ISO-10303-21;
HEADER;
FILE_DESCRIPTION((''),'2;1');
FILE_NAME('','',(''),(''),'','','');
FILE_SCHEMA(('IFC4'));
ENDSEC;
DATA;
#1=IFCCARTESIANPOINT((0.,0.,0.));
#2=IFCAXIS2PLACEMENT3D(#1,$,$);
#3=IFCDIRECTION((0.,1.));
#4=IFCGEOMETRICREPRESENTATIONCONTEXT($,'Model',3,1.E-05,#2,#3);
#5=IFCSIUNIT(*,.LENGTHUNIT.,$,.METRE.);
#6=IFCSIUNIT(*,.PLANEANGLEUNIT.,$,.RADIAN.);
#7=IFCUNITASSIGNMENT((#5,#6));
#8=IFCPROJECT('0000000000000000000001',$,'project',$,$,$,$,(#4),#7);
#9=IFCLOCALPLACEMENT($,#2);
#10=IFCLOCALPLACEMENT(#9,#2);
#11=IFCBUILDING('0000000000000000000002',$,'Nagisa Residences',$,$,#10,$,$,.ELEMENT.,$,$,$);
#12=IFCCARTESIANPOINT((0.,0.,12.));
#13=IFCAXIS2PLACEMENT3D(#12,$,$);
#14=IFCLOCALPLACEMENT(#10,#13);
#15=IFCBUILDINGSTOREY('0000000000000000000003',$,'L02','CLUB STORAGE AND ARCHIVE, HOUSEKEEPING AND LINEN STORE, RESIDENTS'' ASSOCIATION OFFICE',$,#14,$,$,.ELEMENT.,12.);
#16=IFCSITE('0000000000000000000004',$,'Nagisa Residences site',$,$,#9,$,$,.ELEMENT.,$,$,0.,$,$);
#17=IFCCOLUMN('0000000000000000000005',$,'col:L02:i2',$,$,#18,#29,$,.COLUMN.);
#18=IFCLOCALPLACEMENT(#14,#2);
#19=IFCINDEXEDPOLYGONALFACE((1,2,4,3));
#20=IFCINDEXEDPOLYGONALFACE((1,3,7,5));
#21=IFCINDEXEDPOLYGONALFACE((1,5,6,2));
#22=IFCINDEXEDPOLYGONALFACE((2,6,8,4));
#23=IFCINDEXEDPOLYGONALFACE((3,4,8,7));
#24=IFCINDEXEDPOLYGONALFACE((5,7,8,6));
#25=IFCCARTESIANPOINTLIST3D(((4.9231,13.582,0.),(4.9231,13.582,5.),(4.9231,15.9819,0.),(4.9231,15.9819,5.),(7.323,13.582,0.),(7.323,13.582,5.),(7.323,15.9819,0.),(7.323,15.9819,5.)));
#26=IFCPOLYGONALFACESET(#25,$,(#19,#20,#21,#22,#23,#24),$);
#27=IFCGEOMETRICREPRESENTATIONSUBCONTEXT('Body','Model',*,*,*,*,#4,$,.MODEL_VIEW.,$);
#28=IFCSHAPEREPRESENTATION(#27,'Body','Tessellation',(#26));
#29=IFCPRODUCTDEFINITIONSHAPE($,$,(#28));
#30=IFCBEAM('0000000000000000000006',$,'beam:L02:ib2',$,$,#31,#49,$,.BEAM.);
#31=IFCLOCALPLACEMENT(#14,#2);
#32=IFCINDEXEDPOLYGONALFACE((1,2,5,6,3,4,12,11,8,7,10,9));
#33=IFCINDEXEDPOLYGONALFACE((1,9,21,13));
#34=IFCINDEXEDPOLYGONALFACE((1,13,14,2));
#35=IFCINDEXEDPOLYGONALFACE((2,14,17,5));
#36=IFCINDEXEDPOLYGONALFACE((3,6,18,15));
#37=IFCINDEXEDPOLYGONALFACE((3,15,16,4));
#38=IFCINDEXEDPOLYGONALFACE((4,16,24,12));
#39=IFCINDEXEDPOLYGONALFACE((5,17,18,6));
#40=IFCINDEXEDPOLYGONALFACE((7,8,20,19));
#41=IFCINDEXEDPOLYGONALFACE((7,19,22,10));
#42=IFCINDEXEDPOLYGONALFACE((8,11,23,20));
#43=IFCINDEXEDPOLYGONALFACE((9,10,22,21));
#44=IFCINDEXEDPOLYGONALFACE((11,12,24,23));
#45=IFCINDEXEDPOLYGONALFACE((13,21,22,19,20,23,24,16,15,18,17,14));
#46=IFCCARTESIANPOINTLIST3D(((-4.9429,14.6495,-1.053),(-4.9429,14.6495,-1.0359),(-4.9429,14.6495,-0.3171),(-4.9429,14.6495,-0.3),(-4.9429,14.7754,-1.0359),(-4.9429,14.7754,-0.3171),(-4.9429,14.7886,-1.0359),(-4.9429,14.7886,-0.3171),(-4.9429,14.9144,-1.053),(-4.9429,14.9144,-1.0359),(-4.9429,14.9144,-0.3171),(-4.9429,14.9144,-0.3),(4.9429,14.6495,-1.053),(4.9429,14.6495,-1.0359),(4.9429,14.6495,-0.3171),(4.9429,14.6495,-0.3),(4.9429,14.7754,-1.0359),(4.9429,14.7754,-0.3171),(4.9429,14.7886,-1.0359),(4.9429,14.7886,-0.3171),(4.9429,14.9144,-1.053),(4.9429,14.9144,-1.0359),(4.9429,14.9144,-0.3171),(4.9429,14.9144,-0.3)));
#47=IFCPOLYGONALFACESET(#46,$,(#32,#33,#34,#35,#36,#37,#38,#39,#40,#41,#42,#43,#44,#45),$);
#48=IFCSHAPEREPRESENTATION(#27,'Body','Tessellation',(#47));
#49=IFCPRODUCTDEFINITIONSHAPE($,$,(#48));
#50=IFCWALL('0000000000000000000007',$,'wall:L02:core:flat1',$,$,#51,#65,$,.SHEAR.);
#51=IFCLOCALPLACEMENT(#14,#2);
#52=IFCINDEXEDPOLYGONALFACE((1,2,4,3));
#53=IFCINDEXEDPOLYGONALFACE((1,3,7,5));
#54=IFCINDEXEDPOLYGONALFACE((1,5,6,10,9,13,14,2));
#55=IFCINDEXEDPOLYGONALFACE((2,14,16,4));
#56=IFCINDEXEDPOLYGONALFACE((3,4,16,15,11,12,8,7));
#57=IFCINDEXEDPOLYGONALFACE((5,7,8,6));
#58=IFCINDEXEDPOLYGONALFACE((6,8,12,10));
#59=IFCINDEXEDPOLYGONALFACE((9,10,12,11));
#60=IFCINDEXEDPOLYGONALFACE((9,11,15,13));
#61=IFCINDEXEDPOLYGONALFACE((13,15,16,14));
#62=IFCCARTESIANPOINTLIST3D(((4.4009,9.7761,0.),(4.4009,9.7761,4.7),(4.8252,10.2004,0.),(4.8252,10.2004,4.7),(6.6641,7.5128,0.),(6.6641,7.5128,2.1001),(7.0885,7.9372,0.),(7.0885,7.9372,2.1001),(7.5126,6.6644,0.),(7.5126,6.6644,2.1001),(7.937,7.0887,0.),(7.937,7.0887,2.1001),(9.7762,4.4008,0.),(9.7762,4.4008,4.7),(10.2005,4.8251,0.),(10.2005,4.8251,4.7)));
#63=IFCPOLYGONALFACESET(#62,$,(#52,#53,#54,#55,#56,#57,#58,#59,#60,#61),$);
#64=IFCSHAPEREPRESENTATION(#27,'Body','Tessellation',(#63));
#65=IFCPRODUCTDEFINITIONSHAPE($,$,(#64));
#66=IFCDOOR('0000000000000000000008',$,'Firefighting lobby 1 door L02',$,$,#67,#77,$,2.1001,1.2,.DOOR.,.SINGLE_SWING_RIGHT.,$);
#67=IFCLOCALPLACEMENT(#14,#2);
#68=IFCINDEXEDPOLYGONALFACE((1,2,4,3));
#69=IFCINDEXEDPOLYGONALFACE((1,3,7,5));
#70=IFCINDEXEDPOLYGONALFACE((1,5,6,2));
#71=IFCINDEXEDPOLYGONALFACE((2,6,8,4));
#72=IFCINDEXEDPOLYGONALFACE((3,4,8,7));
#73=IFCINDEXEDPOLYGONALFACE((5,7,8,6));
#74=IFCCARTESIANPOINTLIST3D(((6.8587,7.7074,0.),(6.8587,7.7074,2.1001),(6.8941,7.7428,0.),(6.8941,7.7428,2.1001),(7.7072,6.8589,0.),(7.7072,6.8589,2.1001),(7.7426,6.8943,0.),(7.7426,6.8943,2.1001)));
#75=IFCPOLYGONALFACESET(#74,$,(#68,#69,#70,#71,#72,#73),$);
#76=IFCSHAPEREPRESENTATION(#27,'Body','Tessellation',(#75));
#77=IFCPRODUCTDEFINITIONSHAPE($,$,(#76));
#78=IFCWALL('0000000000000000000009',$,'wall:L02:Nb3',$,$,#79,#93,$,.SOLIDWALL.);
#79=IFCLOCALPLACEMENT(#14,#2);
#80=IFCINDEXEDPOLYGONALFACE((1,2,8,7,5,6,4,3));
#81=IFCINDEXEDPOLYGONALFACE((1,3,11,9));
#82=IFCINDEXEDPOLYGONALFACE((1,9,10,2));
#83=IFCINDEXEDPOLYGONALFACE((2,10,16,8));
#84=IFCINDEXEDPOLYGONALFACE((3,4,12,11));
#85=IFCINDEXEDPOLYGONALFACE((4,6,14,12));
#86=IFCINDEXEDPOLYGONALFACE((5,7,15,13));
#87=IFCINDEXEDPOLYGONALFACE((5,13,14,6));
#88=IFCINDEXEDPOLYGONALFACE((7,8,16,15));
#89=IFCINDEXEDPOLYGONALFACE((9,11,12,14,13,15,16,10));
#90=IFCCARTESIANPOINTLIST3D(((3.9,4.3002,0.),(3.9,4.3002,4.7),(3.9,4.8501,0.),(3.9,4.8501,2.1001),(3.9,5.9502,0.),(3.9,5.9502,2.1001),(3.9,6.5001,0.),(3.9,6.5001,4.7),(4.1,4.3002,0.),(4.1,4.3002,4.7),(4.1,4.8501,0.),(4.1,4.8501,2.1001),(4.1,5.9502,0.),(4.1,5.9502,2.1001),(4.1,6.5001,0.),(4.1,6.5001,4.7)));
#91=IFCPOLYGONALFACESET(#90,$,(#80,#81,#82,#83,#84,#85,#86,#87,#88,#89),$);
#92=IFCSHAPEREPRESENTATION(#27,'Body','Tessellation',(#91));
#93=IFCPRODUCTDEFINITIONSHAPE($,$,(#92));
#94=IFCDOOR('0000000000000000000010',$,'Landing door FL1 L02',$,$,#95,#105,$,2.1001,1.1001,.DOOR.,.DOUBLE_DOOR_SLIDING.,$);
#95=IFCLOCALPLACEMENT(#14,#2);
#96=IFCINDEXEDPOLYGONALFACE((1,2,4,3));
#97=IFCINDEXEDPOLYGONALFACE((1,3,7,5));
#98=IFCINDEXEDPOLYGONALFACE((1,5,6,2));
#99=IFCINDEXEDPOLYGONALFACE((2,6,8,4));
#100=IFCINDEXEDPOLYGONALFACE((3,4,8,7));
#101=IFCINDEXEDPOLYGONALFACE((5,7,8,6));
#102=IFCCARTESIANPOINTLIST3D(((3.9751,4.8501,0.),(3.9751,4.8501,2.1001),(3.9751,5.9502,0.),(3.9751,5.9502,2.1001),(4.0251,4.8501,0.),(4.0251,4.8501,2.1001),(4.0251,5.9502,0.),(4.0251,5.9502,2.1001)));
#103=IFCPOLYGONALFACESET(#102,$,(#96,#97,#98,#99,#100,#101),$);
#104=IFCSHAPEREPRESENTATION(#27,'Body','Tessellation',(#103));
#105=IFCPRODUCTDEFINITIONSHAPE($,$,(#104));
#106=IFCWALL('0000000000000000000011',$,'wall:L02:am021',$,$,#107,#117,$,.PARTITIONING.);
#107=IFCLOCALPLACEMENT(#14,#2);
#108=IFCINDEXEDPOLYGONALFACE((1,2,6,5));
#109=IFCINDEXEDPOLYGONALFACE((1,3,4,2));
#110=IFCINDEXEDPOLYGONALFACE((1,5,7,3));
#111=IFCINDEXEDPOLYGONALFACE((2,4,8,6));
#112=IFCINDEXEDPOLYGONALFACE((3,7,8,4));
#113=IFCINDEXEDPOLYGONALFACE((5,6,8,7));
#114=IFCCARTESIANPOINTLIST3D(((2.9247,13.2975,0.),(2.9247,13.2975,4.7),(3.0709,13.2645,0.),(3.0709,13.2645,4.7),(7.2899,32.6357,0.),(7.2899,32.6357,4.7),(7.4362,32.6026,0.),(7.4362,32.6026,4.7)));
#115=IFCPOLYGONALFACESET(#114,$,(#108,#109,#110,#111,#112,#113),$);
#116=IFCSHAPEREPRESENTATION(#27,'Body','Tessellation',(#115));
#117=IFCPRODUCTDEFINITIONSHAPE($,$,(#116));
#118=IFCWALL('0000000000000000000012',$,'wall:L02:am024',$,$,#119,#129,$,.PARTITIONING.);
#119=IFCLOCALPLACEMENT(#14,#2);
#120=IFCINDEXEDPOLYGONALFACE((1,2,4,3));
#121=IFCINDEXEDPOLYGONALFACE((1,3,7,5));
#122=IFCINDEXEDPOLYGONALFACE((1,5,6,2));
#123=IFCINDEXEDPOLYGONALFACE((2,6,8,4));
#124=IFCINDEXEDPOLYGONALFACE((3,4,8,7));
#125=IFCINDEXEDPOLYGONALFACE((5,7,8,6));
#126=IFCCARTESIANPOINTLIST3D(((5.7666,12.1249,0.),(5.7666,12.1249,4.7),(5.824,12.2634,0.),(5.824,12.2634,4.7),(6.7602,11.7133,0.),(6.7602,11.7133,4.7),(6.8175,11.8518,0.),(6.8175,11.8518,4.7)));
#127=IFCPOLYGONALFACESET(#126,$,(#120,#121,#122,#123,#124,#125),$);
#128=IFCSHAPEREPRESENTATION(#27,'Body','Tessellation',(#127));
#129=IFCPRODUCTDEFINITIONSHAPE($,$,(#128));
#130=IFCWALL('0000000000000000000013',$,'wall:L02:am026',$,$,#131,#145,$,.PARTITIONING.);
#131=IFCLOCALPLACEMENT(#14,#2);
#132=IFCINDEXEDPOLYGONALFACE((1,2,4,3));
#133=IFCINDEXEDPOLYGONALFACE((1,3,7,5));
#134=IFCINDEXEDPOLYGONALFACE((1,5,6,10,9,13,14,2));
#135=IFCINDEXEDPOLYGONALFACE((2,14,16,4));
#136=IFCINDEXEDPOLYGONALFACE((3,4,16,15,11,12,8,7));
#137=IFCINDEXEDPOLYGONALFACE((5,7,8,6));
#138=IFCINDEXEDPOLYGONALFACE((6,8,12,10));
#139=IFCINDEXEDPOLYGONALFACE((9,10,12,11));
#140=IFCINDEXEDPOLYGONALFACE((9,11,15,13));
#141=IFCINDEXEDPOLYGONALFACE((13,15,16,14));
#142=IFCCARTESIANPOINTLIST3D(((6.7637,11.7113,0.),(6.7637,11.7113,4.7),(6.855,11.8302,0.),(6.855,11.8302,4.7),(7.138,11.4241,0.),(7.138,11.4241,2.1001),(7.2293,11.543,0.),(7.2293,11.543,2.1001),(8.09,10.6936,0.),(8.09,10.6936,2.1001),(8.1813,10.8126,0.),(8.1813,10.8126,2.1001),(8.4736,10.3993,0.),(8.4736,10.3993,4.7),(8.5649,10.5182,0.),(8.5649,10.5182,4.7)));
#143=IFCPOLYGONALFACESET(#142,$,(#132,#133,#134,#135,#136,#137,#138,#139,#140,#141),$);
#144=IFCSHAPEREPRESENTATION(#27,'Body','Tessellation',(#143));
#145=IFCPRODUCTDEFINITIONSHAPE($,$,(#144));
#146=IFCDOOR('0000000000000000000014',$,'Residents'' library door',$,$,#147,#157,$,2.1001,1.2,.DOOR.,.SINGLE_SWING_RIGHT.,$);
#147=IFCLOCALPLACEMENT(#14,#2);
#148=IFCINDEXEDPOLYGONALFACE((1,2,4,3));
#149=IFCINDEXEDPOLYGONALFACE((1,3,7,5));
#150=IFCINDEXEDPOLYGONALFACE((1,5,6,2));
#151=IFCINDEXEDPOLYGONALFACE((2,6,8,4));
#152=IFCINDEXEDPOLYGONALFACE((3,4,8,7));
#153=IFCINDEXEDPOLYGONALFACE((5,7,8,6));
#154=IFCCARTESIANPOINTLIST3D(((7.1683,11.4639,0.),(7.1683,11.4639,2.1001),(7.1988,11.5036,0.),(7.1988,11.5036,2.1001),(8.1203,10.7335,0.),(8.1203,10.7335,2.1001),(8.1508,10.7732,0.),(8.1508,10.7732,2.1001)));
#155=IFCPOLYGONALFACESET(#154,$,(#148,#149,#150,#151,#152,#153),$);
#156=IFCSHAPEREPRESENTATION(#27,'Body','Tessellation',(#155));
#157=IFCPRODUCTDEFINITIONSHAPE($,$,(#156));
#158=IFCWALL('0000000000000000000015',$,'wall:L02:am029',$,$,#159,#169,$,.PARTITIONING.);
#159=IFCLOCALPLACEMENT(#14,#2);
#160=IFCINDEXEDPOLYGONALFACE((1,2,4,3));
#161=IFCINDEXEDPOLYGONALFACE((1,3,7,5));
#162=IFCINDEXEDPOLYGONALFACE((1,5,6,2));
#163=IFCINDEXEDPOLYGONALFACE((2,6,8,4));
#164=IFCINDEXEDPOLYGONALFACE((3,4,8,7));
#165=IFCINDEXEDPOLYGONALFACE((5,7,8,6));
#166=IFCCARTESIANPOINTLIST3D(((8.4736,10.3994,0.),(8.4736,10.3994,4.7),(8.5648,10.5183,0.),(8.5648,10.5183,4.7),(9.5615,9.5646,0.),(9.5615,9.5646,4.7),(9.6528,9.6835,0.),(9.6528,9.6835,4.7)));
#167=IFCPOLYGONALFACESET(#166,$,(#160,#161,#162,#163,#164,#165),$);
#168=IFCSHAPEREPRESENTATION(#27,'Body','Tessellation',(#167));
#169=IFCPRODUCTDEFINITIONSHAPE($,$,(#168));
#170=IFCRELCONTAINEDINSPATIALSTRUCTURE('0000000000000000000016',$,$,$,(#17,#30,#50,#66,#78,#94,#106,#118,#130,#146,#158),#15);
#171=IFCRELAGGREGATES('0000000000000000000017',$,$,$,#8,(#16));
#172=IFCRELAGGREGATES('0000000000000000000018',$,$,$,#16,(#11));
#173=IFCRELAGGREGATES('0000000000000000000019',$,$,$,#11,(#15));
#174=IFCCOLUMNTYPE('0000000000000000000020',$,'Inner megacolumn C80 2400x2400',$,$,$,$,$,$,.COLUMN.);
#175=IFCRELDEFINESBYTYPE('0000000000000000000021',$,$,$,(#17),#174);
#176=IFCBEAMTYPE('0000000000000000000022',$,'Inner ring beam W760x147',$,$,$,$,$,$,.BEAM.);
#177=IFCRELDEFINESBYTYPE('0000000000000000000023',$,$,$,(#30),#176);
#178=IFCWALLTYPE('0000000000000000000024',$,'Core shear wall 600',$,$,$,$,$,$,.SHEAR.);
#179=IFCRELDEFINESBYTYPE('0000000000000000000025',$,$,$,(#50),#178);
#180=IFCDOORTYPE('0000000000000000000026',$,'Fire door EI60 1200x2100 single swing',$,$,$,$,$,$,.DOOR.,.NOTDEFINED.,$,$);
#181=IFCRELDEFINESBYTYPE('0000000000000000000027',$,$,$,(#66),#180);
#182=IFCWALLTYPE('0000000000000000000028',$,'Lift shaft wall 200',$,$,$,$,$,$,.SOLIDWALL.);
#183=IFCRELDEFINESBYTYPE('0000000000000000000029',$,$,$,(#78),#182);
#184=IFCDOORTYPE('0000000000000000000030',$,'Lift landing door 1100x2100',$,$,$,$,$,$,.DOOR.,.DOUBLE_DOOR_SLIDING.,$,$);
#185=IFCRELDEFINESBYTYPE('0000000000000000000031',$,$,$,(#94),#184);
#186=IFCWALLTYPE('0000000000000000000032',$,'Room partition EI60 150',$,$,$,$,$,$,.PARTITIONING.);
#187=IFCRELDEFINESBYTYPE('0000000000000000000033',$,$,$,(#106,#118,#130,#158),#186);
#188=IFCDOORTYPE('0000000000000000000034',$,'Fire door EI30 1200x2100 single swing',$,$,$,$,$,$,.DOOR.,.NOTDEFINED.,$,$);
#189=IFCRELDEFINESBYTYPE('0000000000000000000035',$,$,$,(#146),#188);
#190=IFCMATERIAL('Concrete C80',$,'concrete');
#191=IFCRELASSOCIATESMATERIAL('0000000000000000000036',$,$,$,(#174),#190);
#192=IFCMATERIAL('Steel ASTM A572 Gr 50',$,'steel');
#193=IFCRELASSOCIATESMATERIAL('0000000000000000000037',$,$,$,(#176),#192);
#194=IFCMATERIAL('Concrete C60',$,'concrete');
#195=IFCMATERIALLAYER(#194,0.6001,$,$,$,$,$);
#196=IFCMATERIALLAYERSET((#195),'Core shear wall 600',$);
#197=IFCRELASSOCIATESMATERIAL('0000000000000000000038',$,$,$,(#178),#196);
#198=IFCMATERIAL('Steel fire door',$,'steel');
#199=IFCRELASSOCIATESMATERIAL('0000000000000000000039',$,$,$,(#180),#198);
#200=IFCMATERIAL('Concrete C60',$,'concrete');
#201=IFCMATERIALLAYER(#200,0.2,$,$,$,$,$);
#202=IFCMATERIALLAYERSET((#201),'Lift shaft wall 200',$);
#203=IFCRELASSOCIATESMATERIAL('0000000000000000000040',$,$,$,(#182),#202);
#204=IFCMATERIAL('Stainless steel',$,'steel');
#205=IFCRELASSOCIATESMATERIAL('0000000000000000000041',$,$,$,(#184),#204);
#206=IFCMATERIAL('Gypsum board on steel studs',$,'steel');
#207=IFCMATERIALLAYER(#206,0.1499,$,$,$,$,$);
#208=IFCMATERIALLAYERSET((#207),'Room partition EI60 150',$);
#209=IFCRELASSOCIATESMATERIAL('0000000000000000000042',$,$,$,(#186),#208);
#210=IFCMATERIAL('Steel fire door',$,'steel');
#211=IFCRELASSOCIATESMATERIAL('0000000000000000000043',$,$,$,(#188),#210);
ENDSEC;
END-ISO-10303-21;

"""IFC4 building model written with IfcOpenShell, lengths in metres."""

from ifc_helpers import new_model, si_unit, direction, frame, frame_2d, origin, origin_2d, place, context, subcontext, project, spatial, rectangle, i_section, extrude, material, layer, layer_set, material_profile, profile_set, type_object, element, fill, save


model = new_model("IFC4")

# Units and contexts
model_context = context("Model", 3, precision=1e-05, world=origin(), true_north=direction((0.0, 1.0)))
body_context = subcontext(model_context, "Body", "Model", "MODEL_VIEW")
ifc_project = project(units=[si_unit("LENGTHUNIT", "METRE"), si_unit("PLANEANGLEUNIT", "RADIAN")], contexts=[model_context])

# Site, building, storey
site_placement = place(None, origin())
site = spatial("IfcSite", under=ifc_project, at=site_placement, Name="Nagisa Residences site", CompositionType="ELEMENT", RefElevation=0.0)
building_placement = place(site_placement, origin())
building = spatial("IfcBuilding", under=site, at=building_placement, Name="Nagisa Residences", CompositionType="ELEMENT")
storey_placement = place(building_placement, frame((0.0, 0.0, 12.0)))
storey = spatial("IfcBuildingStorey", under=building, at=storey_placement, Name="L02", Description="CLUB STORAGE AND ARCHIVE, HOUSEKEEPING AND LINEN STORE, RESIDENTS' ASSOCIATION OFFICE", CompositionType="ELEMENT", Elevation=12.0)

# Column
ifc_material_1 = material(Name="Concrete C80", Category="concrete")
ifc_material_profile_1 = material_profile(ifc_material_1, rectangle(XDim=2.3999, YDim=2.3999, at=origin_2d()), Name="C80 2400x2400")
ifc_profile_set_1 = profile_set([ifc_material_profile_1], Name="Concrete C80")
column_type = type_object("IfcColumnType", Name="Inner megacolumn C80 2400x2400", PredefinedType="COLUMN", material=ifc_profile_set_1)
column_placement = place(storey_placement, frame((6.123, 14.782, 0.0), z_axis=(0.0, 0.0, 1.0), x_axis=(1.0, 0.0, 0.0)))
element("IfcColumn", 1, at=column_placement, inside=storey, type_object=column_type, Name="col:L02:i2", PredefinedType="COLUMN", context=body_context, shape_type="SweptSolid", body=[
    extrude(rectangle(XDim=2.3999, YDim=2.3999, at=origin_2d()), origin(), (0.0, 0.0, 1.0), 5.0),
])

# Beam
ifc_material_2 = material(Name="Steel ASTM A572 Gr 50", Category="steel")
ifc_material_profile_2 = material_profile(ifc_material_2, i_section(OverallWidth=0.2649, OverallDepth=0.7529, WebThickness=0.0132, FlangeThickness=0.0171, at=origin_2d()), Name="W760x147")
ifc_profile_set_2 = profile_set([ifc_material_profile_2], Name="Steel ASTM A572 Gr 50")
beam_type = type_object("IfcBeamType", Name="Inner ring beam W760x147", PredefinedType="BEAM", material=ifc_profile_set_2)
beam_placement = place(storey_placement, frame((4.9429, 14.782, -0.6765), z_axis=(-1.0, 0.0, 0.0), x_axis=(0.0, -1.0, 0.0)))
element("IfcBeam", 2, at=beam_placement, inside=storey, type_object=beam_type, Name="beam:L02:ib2", PredefinedType="BEAM", context=body_context, shape_type="SweptSolid", body=[
    extrude(i_section(OverallWidth=0.2649, OverallDepth=0.7529, WebThickness=0.0132, FlangeThickness=0.0171, at=origin_2d()), origin(), (0.0, 0.0, 1.0), 9.8857),
])

# Walls, openings, doors
ifc_material_3 = material(Name="Concrete C60", Category="concrete")
ifc_layer_1 = layer(ifc_material_3, 0.6001)
ifc_layer_set_1 = layer_set([ifc_layer_1], Name="Core shear wall 600")
wall_type_1 = type_object("IfcWallType", Name="Core shear wall 600", PredefinedType="SHEAR", material=ifc_layer_set_1)
wall_1_placement = place(storey_placement, frame((9.9883, 4.613, 0.0), z_axis=(0.0, 0.0, 1.0), x_axis=(-0.707107, 0.707107, 0.0)))
wall_1 = element("IfcWall", 3, at=wall_1_placement, inside=storey, type_object=wall_type_1, Name="wall:L02:core:flat1", PredefinedType="SHEAR", context=body_context, shape_type="SweptSolid", body=[
    extrude(rectangle(XDim=7.6018, YDim=0.6001, at=frame_2d((3.8008, 0.0))), origin(), (0.0, 0.0, 1.0), 4.7),
])
opening_1_placement = place(wall_1_placement, frame((3.2009, 0.0, 0.0)))
opening_1 = element("IfcOpeningElement", 4, at=opening_1_placement, cuts=wall_1, PredefinedType="OPENING", context=body_context, shape_type="SweptSolid", body=[
    extrude(rectangle(XDim=1.2, YDim=2.1001, at=frame_2d((0.6001, 1.05))), frame((0.0, 0.3101, 0.0), z_axis=(0.0, -1.0, 0.0), x_axis=(1.0, 0.0, 0.0)), (0.0, 0.0, 1.0), 0.6201),
])
ifc_material_4 = material(Name="Steel fire door", Category="steel")
door_type_1 = type_object("IfcDoorType", Name="Fire door EI60 1200x2100 single swing", OperationType="NOTDEFINED", PredefinedType="DOOR", material=ifc_material_4)
door_1_placement = place(opening_1_placement, origin())
door_1 = element("IfcDoor", 5, at=door_1_placement, inside=storey, type_object=door_type_1, Name="Firefighting lobby 1 door L02", OperationType="SINGLE_SWING_RIGHT", OverallHeight=2.1001, OverallWidth=1.2, PredefinedType="DOOR", context=body_context, shape_type="SweptSolid", body=[
    extrude(rectangle(XDim=1.2, YDim=2.1001, at=frame_2d((0.6001, 1.05))), frame((0.0, 0.0249, 0.0), z_axis=(0.0, -1.0, 0.0), x_axis=(1.0, 0.0, 0.0)), (0.0, 0.0, 1.0), 0.05),
])
fill(opening_1, door_1)
ifc_material_5 = material(Name="Concrete C60", Category="concrete")
ifc_layer_2 = layer(ifc_material_5, 0.2)
ifc_layer_set_2 = layer_set([ifc_layer_2], Name="Lift shaft wall 200")
wall_type_2 = type_object("IfcWallType", Name="Lift shaft wall 200", PredefinedType="SOLIDWALL", material=ifc_layer_set_2)
wall_2_placement = place(storey_placement, frame((4.0, 4.3, 0.0), z_axis=(0.0, 0.0, 1.0), x_axis=(0.0, 1.0, 0.0)))
wall_2 = element("IfcWall", 6, at=wall_2_placement, inside=storey, type_object=wall_type_2, Name="wall:L02:Nb3", PredefinedType="SOLIDWALL", context=body_context, shape_type="SweptSolid", body=[
    extrude(rectangle(XDim=2.2, YDim=0.2, at=frame_2d((1.1001, 0.0))), origin(), (0.0, 0.0, 1.0), 4.7),
])
opening_2_placement = place(wall_2_placement, frame((0.55, 0.0, 0.0)))
opening_2 = element("IfcOpeningElement", 7, at=opening_2_placement, cuts=wall_2, PredefinedType="OPENING", context=body_context, shape_type="SweptSolid", body=[
    extrude(rectangle(XDim=1.1001, YDim=2.1001, at=frame_2d((0.55, 1.05))), frame((0.0, 0.1099, 0.0), z_axis=(0.0, -1.0, 0.0), x_axis=(1.0, 0.0, 0.0)), (0.0, 0.0, 1.0), 0.22),
])
ifc_material_6 = material(Name="Stainless steel", Category="steel")
door_type_2 = type_object("IfcDoorType", Name="Lift landing door 1100x2100", OperationType="DOUBLE_DOOR_SLIDING", PredefinedType="DOOR", material=ifc_material_6)
door_2_placement = place(opening_2_placement, origin())
door_2 = element("IfcDoor", 8, at=door_2_placement, inside=storey, type_object=door_type_2, Name="Landing door FL1 L02", OperationType="DOUBLE_DOOR_SLIDING", OverallHeight=2.1001, OverallWidth=1.1001, PredefinedType="DOOR", context=body_context, shape_type="SweptSolid", body=[
    extrude(rectangle(XDim=1.1001, YDim=2.1001, at=frame_2d((0.55, 1.05))), frame((0.0, 0.0249, 0.0), z_axis=(0.0, -1.0, 0.0), x_axis=(1.0, 0.0, 0.0)), (0.0, 0.0, 1.0), 0.05),
])
fill(opening_2, door_2)

# Walls
ifc_material_7 = material(Name="Gypsum board on steel studs", Category="steel")
ifc_layer_3 = layer(ifc_material_7, 0.1499)
ifc_layer_set_3 = layer_set([ifc_layer_3], Name="Room partition EI60 150")
wall_type_3 = type_object("IfcWallType", Name="Room partition EI60 150", PredefinedType="PARTITIONING", material=ifc_layer_set_3)
wall_3_placement = place(storey_placement, frame((2.9978, 13.281, 0.0), z_axis=(0.0, 0.0, 1.0), x_axis=(0.220192, 0.975457, 0.0)))
element("IfcWall", 9, at=wall_3_placement, inside=storey, type_object=wall_type_3, Name="wall:L02:am021", PredefinedType="PARTITIONING", context=body_context, shape_type="SweptSolid", body=[
    extrude(rectangle(XDim=19.8247, YDim=0.1499, at=frame_2d((9.9124, 0.0))), origin(), (0.0, 0.0, 1.0), 4.7),
])
wall_4_placement = place(storey_placement, frame((5.7954, 12.1941, 0.0), z_axis=(0.0, 0.0, 1.0), x_axis=(0.923867, -0.382713, 0.0)))
element("IfcWall", 10, at=wall_4_placement, inside=storey, type_object=wall_type_3, Name="wall:L02:am024", PredefinedType="PARTITIONING", context=body_context, shape_type="SweptSolid", body=[
    extrude(rectangle(XDim=1.0754, YDim=0.1499, at=frame_2d((0.5376, 0.0))), origin(), (0.0, 0.0, 1.0), 4.7),
])

# Wall, opening, door
wall_5_placement = place(storey_placement, frame((6.8093, 11.7708, 0.0), z_axis=(0.0, 0.0, 1.0), x_axis=(0.793373, -0.608736, 0.0)))
wall_5 = element("IfcWall", 11, at=wall_5_placement, inside=storey, type_object=wall_type_3, Name="wall:L02:am026", PredefinedType="PARTITIONING", context=body_context, shape_type="SweptSolid", body=[
    extrude(rectangle(XDim=2.1553, YDim=0.1499, at=frame_2d((1.0776, 0.0))), origin(), (0.0, 0.0, 1.0), 4.7),
])
opening_3_placement = place(wall_5_placement, frame((0.4717, 0.0, 0.0)))
opening_3 = element("IfcOpeningElement", 12, at=opening_3_placement, cuts=wall_5, PredefinedType="OPENING", context=body_context, shape_type="SweptSolid", body=[
    extrude(rectangle(XDim=1.2, YDim=2.1001, at=frame_2d((0.6001, 1.05))), frame((0.0, 0.085, 0.0), z_axis=(0.0, -1.0, 0.0), x_axis=(1.0, 0.0, 0.0)), (0.0, 0.0, 1.0), 0.1699),
])
ifc_material_8 = material(Name="Steel fire door", Category="steel")
door_type_3 = type_object("IfcDoorType", Name="Fire door EI30 1200x2100 single swing", OperationType="NOTDEFINED", PredefinedType="DOOR", material=ifc_material_8)
door_3_placement = place(opening_3_placement, frame((1.2, 0.0, 0.0), x_axis=(-1.0, 0.0, 0.0)))
door_3 = element("IfcDoor", 13, at=door_3_placement, inside=storey, type_object=door_type_3, Name="Residents' library door", OperationType="SINGLE_SWING_RIGHT", OverallHeight=2.1001, OverallWidth=1.2, PredefinedType="DOOR", context=body_context, shape_type="SweptSolid", body=[
    extrude(rectangle(XDim=1.2, YDim=2.1001, at=frame_2d((0.6001, 1.05))), frame((0.0, 0.0249, 0.0), z_axis=(0.0, -1.0, 0.0), x_axis=(1.0, 0.0, 0.0)), (0.0, 0.0, 1.0), 0.05),
])
fill(opening_3, door_3)

# Wall
wall_6_placement = place(storey_placement, frame((8.5193, 10.4587, 0.0), z_axis=(0.0, 0.0, 1.0), x_axis=(0.793371, -0.608738, 0.0)))
element("IfcWall", 14, at=wall_6_placement, inside=storey, type_object=wall_type_3, Name="wall:L02:am029", PredefinedType="PARTITIONING", context=body_context, shape_type="SweptSolid", body=[
    extrude(rectangle(XDim=1.3713, YDim=0.1499, at=frame_2d((0.6855, 0.0))), origin(), (0.0, 0.0, 1.0), 4.7),
])

save(model, "model.ifc")
